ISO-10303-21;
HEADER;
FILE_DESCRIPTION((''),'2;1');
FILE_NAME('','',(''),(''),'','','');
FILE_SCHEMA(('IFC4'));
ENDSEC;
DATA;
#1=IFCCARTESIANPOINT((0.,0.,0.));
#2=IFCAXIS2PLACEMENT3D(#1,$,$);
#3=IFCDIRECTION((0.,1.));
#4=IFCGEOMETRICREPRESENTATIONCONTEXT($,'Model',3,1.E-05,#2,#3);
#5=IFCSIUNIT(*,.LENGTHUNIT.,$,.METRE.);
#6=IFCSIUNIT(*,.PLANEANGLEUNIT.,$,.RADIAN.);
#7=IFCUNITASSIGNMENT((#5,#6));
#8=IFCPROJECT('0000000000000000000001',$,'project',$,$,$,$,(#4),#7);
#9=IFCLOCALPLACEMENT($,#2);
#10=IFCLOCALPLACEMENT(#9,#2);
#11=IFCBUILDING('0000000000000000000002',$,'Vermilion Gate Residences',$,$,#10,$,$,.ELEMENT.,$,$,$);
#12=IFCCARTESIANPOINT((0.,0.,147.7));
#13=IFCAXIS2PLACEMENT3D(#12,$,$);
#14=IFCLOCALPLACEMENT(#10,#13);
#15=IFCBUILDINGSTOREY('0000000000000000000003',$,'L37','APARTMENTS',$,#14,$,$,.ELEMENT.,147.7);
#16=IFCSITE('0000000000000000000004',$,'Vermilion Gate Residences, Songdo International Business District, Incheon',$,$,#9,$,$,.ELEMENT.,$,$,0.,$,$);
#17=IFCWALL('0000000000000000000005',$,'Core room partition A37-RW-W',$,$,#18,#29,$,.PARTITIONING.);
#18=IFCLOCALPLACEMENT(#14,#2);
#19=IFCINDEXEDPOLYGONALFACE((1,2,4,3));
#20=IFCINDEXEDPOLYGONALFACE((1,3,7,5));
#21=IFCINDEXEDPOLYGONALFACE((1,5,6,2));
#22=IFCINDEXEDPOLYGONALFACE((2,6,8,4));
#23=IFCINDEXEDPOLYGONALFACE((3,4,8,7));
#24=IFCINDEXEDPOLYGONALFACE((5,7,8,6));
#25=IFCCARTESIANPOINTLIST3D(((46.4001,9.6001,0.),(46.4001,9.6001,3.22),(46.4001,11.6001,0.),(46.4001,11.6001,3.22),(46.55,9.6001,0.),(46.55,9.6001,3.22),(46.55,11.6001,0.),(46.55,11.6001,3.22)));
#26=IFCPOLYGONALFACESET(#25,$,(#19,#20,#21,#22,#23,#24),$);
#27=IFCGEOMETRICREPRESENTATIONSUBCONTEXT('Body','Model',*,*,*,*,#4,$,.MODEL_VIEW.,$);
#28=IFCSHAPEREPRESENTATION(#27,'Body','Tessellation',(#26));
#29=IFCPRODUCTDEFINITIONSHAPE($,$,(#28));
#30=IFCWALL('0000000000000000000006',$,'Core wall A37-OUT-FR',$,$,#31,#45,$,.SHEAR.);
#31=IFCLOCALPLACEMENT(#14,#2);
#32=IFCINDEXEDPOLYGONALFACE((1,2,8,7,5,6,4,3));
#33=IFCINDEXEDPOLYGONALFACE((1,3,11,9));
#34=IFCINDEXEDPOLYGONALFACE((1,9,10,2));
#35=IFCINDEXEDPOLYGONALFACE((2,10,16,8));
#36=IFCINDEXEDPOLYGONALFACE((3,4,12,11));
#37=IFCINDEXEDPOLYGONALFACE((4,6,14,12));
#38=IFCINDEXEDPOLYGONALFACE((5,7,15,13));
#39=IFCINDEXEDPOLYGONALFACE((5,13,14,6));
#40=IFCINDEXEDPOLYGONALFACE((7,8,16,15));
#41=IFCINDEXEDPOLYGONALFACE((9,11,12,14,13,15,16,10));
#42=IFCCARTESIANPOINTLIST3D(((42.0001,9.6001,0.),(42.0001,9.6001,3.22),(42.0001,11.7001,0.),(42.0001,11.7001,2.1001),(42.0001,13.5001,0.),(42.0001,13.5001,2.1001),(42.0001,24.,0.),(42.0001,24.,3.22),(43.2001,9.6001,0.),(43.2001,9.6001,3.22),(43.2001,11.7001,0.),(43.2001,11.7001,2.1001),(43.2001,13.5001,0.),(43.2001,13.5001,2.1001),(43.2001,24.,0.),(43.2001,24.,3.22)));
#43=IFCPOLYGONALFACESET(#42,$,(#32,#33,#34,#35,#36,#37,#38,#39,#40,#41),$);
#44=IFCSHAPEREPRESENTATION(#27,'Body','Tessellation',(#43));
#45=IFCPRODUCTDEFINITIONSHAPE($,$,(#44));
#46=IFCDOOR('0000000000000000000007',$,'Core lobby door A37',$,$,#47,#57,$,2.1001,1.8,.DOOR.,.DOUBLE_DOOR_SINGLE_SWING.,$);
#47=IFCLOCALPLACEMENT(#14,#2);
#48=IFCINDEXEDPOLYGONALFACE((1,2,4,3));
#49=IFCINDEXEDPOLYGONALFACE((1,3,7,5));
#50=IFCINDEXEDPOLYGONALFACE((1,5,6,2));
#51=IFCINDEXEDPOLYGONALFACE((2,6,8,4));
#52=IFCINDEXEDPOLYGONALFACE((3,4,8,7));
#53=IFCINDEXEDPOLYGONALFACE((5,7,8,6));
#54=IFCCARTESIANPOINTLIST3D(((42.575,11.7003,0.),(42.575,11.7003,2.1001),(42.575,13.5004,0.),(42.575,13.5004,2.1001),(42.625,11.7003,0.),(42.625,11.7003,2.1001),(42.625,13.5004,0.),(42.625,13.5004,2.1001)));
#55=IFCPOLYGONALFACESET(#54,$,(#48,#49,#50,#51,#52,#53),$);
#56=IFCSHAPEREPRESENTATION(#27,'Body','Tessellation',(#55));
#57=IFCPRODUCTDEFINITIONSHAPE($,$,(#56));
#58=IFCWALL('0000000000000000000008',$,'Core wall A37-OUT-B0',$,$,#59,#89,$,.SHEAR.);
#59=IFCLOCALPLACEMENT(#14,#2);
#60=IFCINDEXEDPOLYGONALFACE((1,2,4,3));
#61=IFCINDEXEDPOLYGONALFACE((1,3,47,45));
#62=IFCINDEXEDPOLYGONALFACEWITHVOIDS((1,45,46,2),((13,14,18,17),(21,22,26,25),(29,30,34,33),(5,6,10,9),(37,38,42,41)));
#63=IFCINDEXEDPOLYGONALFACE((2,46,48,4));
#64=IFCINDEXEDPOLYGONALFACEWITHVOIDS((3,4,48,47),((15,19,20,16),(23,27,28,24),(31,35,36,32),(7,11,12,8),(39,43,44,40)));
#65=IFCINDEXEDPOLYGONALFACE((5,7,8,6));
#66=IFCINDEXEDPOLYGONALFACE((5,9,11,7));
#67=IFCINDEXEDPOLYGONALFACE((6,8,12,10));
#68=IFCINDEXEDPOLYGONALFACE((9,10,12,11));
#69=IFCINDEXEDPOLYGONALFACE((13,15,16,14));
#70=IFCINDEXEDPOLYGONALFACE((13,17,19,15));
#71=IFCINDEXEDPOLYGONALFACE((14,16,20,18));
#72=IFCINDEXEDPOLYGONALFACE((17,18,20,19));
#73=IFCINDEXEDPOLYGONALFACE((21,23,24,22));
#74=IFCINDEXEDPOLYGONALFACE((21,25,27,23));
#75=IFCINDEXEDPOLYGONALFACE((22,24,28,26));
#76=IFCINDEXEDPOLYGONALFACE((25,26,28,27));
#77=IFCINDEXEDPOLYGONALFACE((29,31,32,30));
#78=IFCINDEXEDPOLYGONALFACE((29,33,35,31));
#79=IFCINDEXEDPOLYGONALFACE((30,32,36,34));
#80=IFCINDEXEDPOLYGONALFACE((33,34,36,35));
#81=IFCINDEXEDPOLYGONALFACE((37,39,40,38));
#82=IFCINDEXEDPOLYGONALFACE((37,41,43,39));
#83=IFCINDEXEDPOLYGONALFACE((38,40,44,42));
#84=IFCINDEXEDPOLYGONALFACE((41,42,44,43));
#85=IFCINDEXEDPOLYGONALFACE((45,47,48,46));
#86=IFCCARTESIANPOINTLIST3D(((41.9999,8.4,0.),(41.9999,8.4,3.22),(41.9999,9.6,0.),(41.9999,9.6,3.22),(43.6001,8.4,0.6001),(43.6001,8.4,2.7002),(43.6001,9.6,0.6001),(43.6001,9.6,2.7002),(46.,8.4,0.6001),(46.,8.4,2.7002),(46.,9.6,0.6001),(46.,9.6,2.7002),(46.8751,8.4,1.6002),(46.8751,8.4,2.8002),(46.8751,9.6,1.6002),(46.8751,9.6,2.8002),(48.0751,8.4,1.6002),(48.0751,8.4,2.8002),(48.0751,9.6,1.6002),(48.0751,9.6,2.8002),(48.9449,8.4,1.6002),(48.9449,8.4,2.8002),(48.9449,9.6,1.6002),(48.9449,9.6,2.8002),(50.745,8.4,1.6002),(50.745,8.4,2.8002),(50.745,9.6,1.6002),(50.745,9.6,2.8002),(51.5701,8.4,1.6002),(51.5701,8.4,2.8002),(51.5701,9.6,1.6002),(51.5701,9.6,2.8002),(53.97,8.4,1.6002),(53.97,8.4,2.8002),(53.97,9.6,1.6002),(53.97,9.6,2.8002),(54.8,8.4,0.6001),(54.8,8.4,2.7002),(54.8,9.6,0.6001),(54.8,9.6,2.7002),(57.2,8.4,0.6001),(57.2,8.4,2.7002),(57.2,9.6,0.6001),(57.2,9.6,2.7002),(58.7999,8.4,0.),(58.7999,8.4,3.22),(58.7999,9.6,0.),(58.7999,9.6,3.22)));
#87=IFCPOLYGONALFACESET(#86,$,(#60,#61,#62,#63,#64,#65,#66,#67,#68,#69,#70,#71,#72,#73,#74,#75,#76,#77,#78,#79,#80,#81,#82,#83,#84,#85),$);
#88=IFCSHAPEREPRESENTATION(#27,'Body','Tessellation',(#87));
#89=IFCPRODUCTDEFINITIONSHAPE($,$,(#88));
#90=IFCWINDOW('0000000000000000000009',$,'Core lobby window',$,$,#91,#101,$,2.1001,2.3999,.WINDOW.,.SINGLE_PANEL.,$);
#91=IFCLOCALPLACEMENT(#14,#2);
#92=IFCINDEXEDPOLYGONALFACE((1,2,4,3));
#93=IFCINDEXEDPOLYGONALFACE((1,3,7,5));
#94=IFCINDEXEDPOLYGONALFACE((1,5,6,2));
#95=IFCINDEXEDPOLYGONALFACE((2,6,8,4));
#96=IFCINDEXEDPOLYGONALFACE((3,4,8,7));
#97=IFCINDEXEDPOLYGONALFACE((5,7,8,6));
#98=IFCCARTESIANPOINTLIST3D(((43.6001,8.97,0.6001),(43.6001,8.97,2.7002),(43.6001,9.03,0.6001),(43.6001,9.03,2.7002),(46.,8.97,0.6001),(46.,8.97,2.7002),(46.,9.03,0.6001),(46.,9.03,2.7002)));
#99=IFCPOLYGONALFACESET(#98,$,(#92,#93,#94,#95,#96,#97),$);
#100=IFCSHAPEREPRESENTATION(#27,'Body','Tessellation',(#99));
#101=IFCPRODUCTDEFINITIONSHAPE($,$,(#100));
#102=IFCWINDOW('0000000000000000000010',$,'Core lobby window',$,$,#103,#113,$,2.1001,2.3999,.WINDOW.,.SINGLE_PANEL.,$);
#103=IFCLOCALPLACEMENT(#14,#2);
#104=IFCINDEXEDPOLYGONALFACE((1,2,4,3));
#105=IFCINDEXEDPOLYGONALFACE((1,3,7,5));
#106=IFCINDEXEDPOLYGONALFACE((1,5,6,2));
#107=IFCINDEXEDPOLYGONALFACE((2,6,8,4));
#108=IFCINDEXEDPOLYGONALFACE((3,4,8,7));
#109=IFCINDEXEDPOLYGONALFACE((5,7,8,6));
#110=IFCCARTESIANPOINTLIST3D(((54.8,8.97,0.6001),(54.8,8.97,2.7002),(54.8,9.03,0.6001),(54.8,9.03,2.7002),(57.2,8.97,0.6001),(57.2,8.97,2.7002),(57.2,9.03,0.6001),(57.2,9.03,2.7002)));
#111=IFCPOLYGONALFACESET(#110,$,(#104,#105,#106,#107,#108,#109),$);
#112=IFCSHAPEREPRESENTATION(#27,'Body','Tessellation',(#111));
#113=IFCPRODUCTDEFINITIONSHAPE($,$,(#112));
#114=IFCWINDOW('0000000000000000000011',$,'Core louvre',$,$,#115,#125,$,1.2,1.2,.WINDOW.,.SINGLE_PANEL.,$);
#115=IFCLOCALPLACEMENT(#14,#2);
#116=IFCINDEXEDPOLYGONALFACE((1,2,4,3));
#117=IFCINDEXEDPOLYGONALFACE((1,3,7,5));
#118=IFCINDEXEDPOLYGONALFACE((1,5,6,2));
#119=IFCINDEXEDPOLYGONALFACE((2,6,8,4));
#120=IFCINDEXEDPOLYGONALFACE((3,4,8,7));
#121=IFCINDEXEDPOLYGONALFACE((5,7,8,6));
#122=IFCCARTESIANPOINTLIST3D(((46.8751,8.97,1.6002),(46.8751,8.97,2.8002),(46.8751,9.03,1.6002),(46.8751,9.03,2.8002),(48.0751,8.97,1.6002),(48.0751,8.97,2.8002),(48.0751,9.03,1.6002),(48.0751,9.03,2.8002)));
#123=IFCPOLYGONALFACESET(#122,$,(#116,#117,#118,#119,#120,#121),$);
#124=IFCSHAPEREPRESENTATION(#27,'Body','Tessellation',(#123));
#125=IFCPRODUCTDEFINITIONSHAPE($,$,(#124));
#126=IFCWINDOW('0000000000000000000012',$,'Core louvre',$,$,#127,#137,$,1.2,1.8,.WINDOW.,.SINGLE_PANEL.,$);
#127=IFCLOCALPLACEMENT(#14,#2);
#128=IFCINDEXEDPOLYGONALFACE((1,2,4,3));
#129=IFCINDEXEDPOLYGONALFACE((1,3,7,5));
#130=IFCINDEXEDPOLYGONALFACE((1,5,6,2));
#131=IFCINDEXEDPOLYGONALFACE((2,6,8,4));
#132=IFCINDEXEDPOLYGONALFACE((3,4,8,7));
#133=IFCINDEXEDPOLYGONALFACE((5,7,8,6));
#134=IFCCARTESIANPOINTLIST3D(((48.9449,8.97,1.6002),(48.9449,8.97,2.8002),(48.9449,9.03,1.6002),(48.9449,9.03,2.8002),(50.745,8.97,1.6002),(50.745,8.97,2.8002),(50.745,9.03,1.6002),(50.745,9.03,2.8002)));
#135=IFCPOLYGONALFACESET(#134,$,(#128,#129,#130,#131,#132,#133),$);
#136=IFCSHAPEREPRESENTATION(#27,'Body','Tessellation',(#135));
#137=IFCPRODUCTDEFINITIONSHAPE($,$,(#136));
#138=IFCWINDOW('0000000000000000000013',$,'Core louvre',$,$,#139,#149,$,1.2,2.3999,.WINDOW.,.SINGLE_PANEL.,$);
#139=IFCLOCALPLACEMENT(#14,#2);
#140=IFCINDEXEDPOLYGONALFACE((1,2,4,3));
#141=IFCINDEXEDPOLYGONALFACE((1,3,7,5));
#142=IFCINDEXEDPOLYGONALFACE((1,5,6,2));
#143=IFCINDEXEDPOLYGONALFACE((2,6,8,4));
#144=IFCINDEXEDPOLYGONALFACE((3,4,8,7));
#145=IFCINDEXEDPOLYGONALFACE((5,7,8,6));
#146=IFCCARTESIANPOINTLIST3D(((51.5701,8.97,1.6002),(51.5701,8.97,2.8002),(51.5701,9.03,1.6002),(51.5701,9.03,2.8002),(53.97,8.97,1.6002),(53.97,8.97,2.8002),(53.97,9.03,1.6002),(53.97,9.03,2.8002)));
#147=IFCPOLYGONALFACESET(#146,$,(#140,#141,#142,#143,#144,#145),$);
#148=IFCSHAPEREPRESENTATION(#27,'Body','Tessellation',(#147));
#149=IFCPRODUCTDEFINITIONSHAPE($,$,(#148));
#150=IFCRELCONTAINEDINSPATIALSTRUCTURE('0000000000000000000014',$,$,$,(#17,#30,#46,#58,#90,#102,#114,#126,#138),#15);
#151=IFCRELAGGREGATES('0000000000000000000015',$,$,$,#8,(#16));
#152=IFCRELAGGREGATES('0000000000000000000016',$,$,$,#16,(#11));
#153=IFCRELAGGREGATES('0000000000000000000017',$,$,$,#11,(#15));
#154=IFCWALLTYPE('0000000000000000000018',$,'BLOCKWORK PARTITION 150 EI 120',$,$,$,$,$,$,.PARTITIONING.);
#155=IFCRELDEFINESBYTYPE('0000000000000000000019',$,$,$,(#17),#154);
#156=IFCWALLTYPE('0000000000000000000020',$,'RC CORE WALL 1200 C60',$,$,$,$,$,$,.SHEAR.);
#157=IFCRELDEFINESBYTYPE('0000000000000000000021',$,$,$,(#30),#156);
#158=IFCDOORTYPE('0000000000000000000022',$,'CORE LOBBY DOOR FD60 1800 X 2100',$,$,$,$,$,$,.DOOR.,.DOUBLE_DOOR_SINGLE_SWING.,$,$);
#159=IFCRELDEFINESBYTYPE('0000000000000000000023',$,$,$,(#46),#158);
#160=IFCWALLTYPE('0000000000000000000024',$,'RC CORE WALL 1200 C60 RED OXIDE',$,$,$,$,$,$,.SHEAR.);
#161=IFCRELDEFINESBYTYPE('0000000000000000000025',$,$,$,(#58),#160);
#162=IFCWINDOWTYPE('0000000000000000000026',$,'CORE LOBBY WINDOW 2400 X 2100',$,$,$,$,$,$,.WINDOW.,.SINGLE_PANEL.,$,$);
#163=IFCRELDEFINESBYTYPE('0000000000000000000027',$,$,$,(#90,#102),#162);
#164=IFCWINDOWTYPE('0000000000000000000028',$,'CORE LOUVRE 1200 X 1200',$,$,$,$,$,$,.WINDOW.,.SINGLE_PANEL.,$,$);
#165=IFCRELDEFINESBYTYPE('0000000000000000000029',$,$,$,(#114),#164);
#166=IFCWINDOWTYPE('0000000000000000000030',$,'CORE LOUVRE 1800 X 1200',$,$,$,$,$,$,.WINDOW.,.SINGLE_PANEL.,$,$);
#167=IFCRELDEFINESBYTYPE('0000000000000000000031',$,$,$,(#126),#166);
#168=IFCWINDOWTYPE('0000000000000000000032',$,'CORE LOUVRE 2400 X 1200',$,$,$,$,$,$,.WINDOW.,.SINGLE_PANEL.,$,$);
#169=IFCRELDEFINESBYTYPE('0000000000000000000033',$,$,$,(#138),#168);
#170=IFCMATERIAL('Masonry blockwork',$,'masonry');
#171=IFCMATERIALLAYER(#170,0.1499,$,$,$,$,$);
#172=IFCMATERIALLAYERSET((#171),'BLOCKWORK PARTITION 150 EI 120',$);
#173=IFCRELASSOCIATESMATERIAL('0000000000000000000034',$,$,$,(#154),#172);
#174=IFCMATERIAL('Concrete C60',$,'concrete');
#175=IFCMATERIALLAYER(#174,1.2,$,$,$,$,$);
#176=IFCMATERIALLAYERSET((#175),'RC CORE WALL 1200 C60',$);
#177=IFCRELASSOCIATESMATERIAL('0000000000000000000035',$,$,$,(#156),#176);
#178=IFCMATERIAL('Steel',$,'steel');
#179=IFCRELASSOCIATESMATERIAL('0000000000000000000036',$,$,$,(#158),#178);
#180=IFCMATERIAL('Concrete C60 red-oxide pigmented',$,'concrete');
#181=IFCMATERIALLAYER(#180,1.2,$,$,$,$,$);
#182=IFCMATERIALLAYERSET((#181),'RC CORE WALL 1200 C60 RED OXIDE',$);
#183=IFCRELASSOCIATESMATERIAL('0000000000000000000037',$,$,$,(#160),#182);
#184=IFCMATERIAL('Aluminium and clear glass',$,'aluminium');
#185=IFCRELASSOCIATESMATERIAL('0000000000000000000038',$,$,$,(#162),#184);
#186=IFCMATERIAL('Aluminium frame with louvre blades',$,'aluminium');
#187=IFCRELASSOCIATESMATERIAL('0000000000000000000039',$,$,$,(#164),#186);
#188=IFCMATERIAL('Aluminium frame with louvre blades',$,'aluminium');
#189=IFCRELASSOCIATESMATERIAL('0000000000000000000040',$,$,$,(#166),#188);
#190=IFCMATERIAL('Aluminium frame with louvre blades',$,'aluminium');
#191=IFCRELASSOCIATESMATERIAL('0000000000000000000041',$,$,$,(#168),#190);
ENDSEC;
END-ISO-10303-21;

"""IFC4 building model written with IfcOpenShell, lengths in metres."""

from ifc_helpers import new_model, si_unit, direction, frame, frame_2d, origin, place, context, subcontext, project, spatial, rectangle, extrude, material, layer, layer_set, type_object, element, fill, save


model = new_model("IFC4")

# Units and contexts
model_context = context("Model", 3, precision=1e-05, world=origin(), true_north=direction((0.0, 1.0)))
body_context = subcontext(model_context, "Body", "Model", "MODEL_VIEW")
ifc_project = project(units=[si_unit("LENGTHUNIT", "METRE"), si_unit("PLANEANGLEUNIT", "RADIAN")], contexts=[model_context])

# Site, building, storey
site_placement = place(None, origin())
site = spatial("IfcSite", under=ifc_project, at=site_placement, Name="Vermilion Gate Residences, Songdo International Business District, Incheon", CompositionType="ELEMENT", RefElevation=0.0)
building_placement = place(site_placement, origin())
building = spatial("IfcBuilding", under=site, at=building_placement, Name="Vermilion Gate Residences", CompositionType="ELEMENT")
storey_placement = place(building_placement, frame((0.0, 0.0, 147.7)))
storey = spatial("IfcBuildingStorey", under=building, at=storey_placement, Name="L37", Description="APARTMENTS", CompositionType="ELEMENT", Elevation=147.7)

# Wall
ifc_material_1 = material(Name="Masonry blockwork", Category="masonry")
ifc_layer_1 = layer(ifc_material_1, 0.1499)
ifc_layer_set_1 = layer_set([ifc_layer_1], Name="BLOCKWORK PARTITION 150 EI 120")
wall_type_1 = type_object("IfcWallType", Name="BLOCKWORK PARTITION 150 EI 120", PredefinedType="PARTITIONING", material=ifc_layer_set_1)
wall_1_placement = place(storey_placement, frame((46.4751, 9.6001, 0.0), z_axis=(0.0, 0.0, 1.0), x_axis=(0.0, 1.0, 0.0)))
element("IfcWall", 1, at=wall_1_placement, inside=storey, type_object=wall_type_1, Name="Core room partition A37-RW-W", PredefinedType="PARTITIONING", context=body_context, shape_type="SweptSolid", body=[
    extrude(rectangle(XDim=2.0, YDim=0.1499, at=frame_2d((1.0, 0.0))), origin(), (0.0, 0.0, 1.0), 3.22),
])

# Wall, opening, door
ifc_material_2 = material(Name="Concrete C60", Category="concrete")
ifc_layer_2 = layer(ifc_material_2, 1.2)
ifc_layer_set_2 = layer_set([ifc_layer_2], Name="RC CORE WALL 1200 C60")
wall_type_2 = type_object("IfcWallType", Name="RC CORE WALL 1200 C60", PredefinedType="SHEAR", material=ifc_layer_set_2)
wall_2_placement = place(storey_placement, frame((42.6001, 9.6001, 0.0), z_axis=(0.0, 0.0, 1.0), x_axis=(0.0, 1.0, 0.0)))
wall_2 = element("IfcWall", 2, at=wall_2_placement, inside=storey, type_object=wall_type_2, Name="Core wall A37-OUT-FR", PredefinedType="SHEAR", context=body_context, shape_type="SweptSolid", body=[
    extrude(rectangle(XDim=14.3999, YDim=1.2, at=frame_2d((7.2, 0.0))), origin(), (0.0, 0.0, 1.0), 3.22),
])
opening_1_placement = place(wall_2_placement, frame((2.1001, 0.0, 0.0)))
opening_1 = element("IfcOpeningElement", 3, at=opening_1_placement, cuts=wall_2, PredefinedType="OPENING", context=body_context, shape_type="SweptSolid", body=[
    extrude(rectangle(XDim=1.8, YDim=2.1001, at=frame_2d((0.8999, 1.05))), frame((0.0, 0.6099, 0.0), z_axis=(0.0, -1.0, 0.0), x_axis=(1.0, 0.0, 0.0)), (0.0, 0.0, 1.0), 1.22),
])
ifc_material_3 = material(Name="Steel", Category="steel")
door_type = type_object("IfcDoorType", Name="CORE LOBBY DOOR FD60 1800 X 2100", OperationType="DOUBLE_DOOR_SINGLE_SWING", PredefinedType="DOOR", material=ifc_material_3)
door_placement = place(opening_1_placement, frame((1.8, 0.0, 0.0), z_axis=(0.0, 0.0, 1.0), x_axis=(-1.0, 0.0, 0.0)))
door = element("IfcDoor", 4, at=door_placement, inside=storey, type_object=door_type, Name="Core lobby door A37", OperationType="DOUBLE_DOOR_SINGLE_SWING", OverallHeight=2.1001, OverallWidth=1.8, PredefinedType="DOOR", context=body_context, shape_type="SweptSolid", body=[
    extrude(rectangle(XDim=1.8, YDim=2.1001, at=frame_2d((0.8999, 1.05))), frame((0.0, 0.0249, 0.0), z_axis=(0.0, -1.0, 0.0), x_axis=(1.0, 0.0, 0.0)), (0.0, 0.0, 1.0), 0.05),
])
fill(opening_1, door)

# Wall, openings, windows
ifc_material_4 = material(Name="Concrete C60 red-oxide pigmented", Category="concrete")
ifc_layer_3 = layer(ifc_material_4, 1.2)
ifc_layer_set_3 = layer_set([ifc_layer_3], Name="RC CORE WALL 1200 C60 RED OXIDE")
wall_type_3 = type_object("IfcWallType", Name="RC CORE WALL 1200 C60 RED OXIDE", PredefinedType="SHEAR", material=ifc_layer_set_3)
wall_3_placement = place(storey_placement, frame((42.0, 9.0, 0.0), z_axis=(0.0, 0.0, 1.0), x_axis=(1.0, 0.0, 0.0)))
wall_3 = element("IfcWall", 5, at=wall_3_placement, inside=storey, type_object=wall_type_3, Name="Core wall A37-OUT-B0", PredefinedType="SHEAR", context=body_context, shape_type="SweptSolid", body=[
    extrude(rectangle(XDim=16.8, YDim=1.2, at=frame_2d((8.3999, 0.0))), origin(), (0.0, 0.0, 1.0), 3.22),
])
opening_2_placement = place(wall_3_placement, frame((1.6001, 0.0, 0.6001)))
opening_2 = element("IfcOpeningElement", 6, at=opening_2_placement, cuts=wall_3, PredefinedType="OPENING", context=body_context, shape_type="SweptSolid", body=[
    extrude(rectangle(XDim=2.3999, YDim=2.1001, at=frame_2d((1.2, 1.05))), frame((0.0, 0.6099, 0.0), z_axis=(0.0, -1.0, 0.0), x_axis=(1.0, 0.0, 0.0)), (0.0, 0.0, 1.0), 1.22),
])
opening_3_placement = place(wall_3_placement, frame((4.875, 0.0, 1.6001)))
opening_3 = element("IfcOpeningElement", 7, at=opening_3_placement, cuts=wall_3, PredefinedType="OPENING", context=body_context, shape_type="SweptSolid", body=[
    extrude(rectangle(XDim=1.2, YDim=1.2, at=frame_2d((0.6001, 0.6001))), frame((0.0, 0.6099, 0.0), z_axis=(0.0, -1.0, 0.0), x_axis=(1.0, 0.0, 0.0)), (0.0, 0.0, 1.0), 1.22),
])
opening_4_placement = place(wall_3_placement, frame((6.9451, 0.0, 1.6001)))
opening_4 = element("IfcOpeningElement", 8, at=opening_4_placement, cuts=wall_3, PredefinedType="OPENING", context=body_context, shape_type="SweptSolid", body=[
    extrude(rectangle(XDim=1.8, YDim=1.2, at=frame_2d((0.8999, 0.6001))), frame((0.0, 0.6099, 0.0), z_axis=(0.0, -1.0, 0.0), x_axis=(1.0, 0.0, 0.0)), (0.0, 0.0, 1.0), 1.22),
])
opening_5_placement = place(wall_3_placement, frame((9.5701, 0.0, 1.6001)))
opening_5 = element("IfcOpeningElement", 9, at=opening_5_placement, cuts=wall_3, PredefinedType="OPENING", context=body_context, shape_type="SweptSolid", body=[
    extrude(rectangle(XDim=2.3999, YDim=1.2, at=frame_2d((1.2, 0.6001))), frame((0.0, 0.6099, 0.0), z_axis=(0.0, -1.0, 0.0), x_axis=(1.0, 0.0, 0.0)), (0.0, 0.0, 1.0), 1.22),
])
opening_6_placement = place(wall_3_placement, frame((12.8, 0.0, 0.6001)))
opening_6 = element("IfcOpeningElement", 10, at=opening_6_placement, cuts=wall_3, PredefinedType="OPENING", context=body_context, shape_type="SweptSolid", body=[
    extrude(rectangle(XDim=2.3999, YDim=2.1001, at=frame_2d((1.2, 1.05))), frame((0.0, 0.6099, 0.0), z_axis=(0.0, -1.0, 0.0), x_axis=(1.0, 0.0, 0.0)), (0.0, 0.0, 1.0), 1.22),
])
ifc_material_5 = material(Name="Aluminium and clear glass", Category="aluminium")
window_type_1 = type_object("IfcWindowType", Name="CORE LOBBY WINDOW 2400 X 2100", PartitioningType="SINGLE_PANEL", PredefinedType="WINDOW", material=ifc_material_5)
window_1_placement = place(opening_2_placement, origin())
window_1 = element("IfcWindow", 11, at=window_1_placement, inside=storey, type_object=window_type_1, Name="Core lobby window", OverallHeight=2.1001, OverallWidth=2.3999, PartitioningType="SINGLE_PANEL", PredefinedType="WINDOW", context=body_context, shape_type="SweptSolid", body=[
    extrude(rectangle(XDim=2.3999, YDim=2.1001, at=frame_2d((1.2, 1.05))), frame((0.0, 0.03, 0.0), z_axis=(0.0, -1.0, 0.0), x_axis=(1.0, 0.0, 0.0)), (0.0, 0.0, 1.0), 0.0601),
])
fill(opening_2, window_1)
window_2_placement = place(opening_6_placement, origin())
window_2 = element("IfcWindow", 12, at=window_2_placement, inside=storey, type_object=window_type_1, Name="Core lobby window", OverallHeight=2.1001, OverallWidth=2.3999, PartitioningType="SINGLE_PANEL", PredefinedType="WINDOW", context=body_context, shape_type="SweptSolid", body=[
    extrude(rectangle(XDim=2.3999, YDim=2.1001, at=frame_2d((1.2, 1.05))), frame((0.0, 0.03, 0.0), z_axis=(0.0, -1.0, 0.0), x_axis=(1.0, 0.0, 0.0)), (0.0, 0.0, 1.0), 0.0601),
])
fill(opening_6, window_2)
ifc_material_6 = material(Name="Aluminium frame with louvre blades", Category="aluminium")
window_type_2 = type_object("IfcWindowType", Name="CORE LOUVRE 1200 X 1200", PartitioningType="SINGLE_PANEL", PredefinedType="WINDOW", material=ifc_material_6)
window_3_placement = place(opening_3_placement, origin())
window_3 = element("IfcWindow", 13, at=window_3_placement, inside=storey, type_object=window_type_2, Name="Core louvre", OverallHeight=1.2, OverallWidth=1.2, PartitioningType="SINGLE_PANEL", PredefinedType="WINDOW", context=body_context, shape_type="SweptSolid", body=[
    extrude(rectangle(XDim=1.2, YDim=1.2, at=frame_2d((0.6001, 0.6001))), frame((0.0, 0.03, 0.0), z_axis=(0.0, -1.0, 0.0), x_axis=(1.0, 0.0, 0.0)), (0.0, 0.0, 1.0), 0.0601),
])
fill(opening_3, window_3)
ifc_material_7 = material(Name="Aluminium frame with louvre blades", Category="aluminium")
window_type_3 = type_object("IfcWindowType", Name="CORE LOUVRE 1800 X 1200", PartitioningType="SINGLE_PANEL", PredefinedType="WINDOW", material=ifc_material_7)
window_4_placement = place(opening_4_placement, origin())
window_4 = element("IfcWindow", 14, at=window_4_placement, inside=storey, type_object=window_type_3, Name="Core louvre", OverallHeight=1.2, OverallWidth=1.8, PartitioningType="SINGLE_PANEL", PredefinedType="WINDOW", context=body_context, shape_type="SweptSolid", body=[
    extrude(rectangle(XDim=1.8, YDim=1.2, at=frame_2d((0.8999, 0.6001))), frame((0.0, 0.03, 0.0), z_axis=(0.0, -1.0, 0.0), x_axis=(1.0, 0.0, 0.0)), (0.0, 0.0, 1.0), 0.0601),
])
fill(opening_4, window_4)
ifc_material_8 = material(Name="Aluminium frame with louvre blades", Category="aluminium")
window_type_4 = type_object("IfcWindowType", Name="CORE LOUVRE 2400 X 1200", PartitioningType="SINGLE_PANEL", PredefinedType="WINDOW", material=ifc_material_8)
window_5_placement = place(opening_5_placement, origin())
window_5 = element("IfcWindow", 15, at=window_5_placement, inside=storey, type_object=window_type_4, Name="Core louvre", OverallHeight=1.2, OverallWidth=2.3999, PartitioningType="SINGLE_PANEL", PredefinedType="WINDOW", context=body_context, shape_type="SweptSolid", body=[
    extrude(rectangle(XDim=2.3999, YDim=1.2, at=frame_2d((1.2, 0.6001))), frame((0.0, 0.03, 0.0), z_axis=(0.0, -1.0, 0.0), x_axis=(1.0, 0.0, 0.0)), (0.0, 0.0, 1.0), 0.0601),
])
fill(opening_5, window_5)

save(model, "model.ifc")
